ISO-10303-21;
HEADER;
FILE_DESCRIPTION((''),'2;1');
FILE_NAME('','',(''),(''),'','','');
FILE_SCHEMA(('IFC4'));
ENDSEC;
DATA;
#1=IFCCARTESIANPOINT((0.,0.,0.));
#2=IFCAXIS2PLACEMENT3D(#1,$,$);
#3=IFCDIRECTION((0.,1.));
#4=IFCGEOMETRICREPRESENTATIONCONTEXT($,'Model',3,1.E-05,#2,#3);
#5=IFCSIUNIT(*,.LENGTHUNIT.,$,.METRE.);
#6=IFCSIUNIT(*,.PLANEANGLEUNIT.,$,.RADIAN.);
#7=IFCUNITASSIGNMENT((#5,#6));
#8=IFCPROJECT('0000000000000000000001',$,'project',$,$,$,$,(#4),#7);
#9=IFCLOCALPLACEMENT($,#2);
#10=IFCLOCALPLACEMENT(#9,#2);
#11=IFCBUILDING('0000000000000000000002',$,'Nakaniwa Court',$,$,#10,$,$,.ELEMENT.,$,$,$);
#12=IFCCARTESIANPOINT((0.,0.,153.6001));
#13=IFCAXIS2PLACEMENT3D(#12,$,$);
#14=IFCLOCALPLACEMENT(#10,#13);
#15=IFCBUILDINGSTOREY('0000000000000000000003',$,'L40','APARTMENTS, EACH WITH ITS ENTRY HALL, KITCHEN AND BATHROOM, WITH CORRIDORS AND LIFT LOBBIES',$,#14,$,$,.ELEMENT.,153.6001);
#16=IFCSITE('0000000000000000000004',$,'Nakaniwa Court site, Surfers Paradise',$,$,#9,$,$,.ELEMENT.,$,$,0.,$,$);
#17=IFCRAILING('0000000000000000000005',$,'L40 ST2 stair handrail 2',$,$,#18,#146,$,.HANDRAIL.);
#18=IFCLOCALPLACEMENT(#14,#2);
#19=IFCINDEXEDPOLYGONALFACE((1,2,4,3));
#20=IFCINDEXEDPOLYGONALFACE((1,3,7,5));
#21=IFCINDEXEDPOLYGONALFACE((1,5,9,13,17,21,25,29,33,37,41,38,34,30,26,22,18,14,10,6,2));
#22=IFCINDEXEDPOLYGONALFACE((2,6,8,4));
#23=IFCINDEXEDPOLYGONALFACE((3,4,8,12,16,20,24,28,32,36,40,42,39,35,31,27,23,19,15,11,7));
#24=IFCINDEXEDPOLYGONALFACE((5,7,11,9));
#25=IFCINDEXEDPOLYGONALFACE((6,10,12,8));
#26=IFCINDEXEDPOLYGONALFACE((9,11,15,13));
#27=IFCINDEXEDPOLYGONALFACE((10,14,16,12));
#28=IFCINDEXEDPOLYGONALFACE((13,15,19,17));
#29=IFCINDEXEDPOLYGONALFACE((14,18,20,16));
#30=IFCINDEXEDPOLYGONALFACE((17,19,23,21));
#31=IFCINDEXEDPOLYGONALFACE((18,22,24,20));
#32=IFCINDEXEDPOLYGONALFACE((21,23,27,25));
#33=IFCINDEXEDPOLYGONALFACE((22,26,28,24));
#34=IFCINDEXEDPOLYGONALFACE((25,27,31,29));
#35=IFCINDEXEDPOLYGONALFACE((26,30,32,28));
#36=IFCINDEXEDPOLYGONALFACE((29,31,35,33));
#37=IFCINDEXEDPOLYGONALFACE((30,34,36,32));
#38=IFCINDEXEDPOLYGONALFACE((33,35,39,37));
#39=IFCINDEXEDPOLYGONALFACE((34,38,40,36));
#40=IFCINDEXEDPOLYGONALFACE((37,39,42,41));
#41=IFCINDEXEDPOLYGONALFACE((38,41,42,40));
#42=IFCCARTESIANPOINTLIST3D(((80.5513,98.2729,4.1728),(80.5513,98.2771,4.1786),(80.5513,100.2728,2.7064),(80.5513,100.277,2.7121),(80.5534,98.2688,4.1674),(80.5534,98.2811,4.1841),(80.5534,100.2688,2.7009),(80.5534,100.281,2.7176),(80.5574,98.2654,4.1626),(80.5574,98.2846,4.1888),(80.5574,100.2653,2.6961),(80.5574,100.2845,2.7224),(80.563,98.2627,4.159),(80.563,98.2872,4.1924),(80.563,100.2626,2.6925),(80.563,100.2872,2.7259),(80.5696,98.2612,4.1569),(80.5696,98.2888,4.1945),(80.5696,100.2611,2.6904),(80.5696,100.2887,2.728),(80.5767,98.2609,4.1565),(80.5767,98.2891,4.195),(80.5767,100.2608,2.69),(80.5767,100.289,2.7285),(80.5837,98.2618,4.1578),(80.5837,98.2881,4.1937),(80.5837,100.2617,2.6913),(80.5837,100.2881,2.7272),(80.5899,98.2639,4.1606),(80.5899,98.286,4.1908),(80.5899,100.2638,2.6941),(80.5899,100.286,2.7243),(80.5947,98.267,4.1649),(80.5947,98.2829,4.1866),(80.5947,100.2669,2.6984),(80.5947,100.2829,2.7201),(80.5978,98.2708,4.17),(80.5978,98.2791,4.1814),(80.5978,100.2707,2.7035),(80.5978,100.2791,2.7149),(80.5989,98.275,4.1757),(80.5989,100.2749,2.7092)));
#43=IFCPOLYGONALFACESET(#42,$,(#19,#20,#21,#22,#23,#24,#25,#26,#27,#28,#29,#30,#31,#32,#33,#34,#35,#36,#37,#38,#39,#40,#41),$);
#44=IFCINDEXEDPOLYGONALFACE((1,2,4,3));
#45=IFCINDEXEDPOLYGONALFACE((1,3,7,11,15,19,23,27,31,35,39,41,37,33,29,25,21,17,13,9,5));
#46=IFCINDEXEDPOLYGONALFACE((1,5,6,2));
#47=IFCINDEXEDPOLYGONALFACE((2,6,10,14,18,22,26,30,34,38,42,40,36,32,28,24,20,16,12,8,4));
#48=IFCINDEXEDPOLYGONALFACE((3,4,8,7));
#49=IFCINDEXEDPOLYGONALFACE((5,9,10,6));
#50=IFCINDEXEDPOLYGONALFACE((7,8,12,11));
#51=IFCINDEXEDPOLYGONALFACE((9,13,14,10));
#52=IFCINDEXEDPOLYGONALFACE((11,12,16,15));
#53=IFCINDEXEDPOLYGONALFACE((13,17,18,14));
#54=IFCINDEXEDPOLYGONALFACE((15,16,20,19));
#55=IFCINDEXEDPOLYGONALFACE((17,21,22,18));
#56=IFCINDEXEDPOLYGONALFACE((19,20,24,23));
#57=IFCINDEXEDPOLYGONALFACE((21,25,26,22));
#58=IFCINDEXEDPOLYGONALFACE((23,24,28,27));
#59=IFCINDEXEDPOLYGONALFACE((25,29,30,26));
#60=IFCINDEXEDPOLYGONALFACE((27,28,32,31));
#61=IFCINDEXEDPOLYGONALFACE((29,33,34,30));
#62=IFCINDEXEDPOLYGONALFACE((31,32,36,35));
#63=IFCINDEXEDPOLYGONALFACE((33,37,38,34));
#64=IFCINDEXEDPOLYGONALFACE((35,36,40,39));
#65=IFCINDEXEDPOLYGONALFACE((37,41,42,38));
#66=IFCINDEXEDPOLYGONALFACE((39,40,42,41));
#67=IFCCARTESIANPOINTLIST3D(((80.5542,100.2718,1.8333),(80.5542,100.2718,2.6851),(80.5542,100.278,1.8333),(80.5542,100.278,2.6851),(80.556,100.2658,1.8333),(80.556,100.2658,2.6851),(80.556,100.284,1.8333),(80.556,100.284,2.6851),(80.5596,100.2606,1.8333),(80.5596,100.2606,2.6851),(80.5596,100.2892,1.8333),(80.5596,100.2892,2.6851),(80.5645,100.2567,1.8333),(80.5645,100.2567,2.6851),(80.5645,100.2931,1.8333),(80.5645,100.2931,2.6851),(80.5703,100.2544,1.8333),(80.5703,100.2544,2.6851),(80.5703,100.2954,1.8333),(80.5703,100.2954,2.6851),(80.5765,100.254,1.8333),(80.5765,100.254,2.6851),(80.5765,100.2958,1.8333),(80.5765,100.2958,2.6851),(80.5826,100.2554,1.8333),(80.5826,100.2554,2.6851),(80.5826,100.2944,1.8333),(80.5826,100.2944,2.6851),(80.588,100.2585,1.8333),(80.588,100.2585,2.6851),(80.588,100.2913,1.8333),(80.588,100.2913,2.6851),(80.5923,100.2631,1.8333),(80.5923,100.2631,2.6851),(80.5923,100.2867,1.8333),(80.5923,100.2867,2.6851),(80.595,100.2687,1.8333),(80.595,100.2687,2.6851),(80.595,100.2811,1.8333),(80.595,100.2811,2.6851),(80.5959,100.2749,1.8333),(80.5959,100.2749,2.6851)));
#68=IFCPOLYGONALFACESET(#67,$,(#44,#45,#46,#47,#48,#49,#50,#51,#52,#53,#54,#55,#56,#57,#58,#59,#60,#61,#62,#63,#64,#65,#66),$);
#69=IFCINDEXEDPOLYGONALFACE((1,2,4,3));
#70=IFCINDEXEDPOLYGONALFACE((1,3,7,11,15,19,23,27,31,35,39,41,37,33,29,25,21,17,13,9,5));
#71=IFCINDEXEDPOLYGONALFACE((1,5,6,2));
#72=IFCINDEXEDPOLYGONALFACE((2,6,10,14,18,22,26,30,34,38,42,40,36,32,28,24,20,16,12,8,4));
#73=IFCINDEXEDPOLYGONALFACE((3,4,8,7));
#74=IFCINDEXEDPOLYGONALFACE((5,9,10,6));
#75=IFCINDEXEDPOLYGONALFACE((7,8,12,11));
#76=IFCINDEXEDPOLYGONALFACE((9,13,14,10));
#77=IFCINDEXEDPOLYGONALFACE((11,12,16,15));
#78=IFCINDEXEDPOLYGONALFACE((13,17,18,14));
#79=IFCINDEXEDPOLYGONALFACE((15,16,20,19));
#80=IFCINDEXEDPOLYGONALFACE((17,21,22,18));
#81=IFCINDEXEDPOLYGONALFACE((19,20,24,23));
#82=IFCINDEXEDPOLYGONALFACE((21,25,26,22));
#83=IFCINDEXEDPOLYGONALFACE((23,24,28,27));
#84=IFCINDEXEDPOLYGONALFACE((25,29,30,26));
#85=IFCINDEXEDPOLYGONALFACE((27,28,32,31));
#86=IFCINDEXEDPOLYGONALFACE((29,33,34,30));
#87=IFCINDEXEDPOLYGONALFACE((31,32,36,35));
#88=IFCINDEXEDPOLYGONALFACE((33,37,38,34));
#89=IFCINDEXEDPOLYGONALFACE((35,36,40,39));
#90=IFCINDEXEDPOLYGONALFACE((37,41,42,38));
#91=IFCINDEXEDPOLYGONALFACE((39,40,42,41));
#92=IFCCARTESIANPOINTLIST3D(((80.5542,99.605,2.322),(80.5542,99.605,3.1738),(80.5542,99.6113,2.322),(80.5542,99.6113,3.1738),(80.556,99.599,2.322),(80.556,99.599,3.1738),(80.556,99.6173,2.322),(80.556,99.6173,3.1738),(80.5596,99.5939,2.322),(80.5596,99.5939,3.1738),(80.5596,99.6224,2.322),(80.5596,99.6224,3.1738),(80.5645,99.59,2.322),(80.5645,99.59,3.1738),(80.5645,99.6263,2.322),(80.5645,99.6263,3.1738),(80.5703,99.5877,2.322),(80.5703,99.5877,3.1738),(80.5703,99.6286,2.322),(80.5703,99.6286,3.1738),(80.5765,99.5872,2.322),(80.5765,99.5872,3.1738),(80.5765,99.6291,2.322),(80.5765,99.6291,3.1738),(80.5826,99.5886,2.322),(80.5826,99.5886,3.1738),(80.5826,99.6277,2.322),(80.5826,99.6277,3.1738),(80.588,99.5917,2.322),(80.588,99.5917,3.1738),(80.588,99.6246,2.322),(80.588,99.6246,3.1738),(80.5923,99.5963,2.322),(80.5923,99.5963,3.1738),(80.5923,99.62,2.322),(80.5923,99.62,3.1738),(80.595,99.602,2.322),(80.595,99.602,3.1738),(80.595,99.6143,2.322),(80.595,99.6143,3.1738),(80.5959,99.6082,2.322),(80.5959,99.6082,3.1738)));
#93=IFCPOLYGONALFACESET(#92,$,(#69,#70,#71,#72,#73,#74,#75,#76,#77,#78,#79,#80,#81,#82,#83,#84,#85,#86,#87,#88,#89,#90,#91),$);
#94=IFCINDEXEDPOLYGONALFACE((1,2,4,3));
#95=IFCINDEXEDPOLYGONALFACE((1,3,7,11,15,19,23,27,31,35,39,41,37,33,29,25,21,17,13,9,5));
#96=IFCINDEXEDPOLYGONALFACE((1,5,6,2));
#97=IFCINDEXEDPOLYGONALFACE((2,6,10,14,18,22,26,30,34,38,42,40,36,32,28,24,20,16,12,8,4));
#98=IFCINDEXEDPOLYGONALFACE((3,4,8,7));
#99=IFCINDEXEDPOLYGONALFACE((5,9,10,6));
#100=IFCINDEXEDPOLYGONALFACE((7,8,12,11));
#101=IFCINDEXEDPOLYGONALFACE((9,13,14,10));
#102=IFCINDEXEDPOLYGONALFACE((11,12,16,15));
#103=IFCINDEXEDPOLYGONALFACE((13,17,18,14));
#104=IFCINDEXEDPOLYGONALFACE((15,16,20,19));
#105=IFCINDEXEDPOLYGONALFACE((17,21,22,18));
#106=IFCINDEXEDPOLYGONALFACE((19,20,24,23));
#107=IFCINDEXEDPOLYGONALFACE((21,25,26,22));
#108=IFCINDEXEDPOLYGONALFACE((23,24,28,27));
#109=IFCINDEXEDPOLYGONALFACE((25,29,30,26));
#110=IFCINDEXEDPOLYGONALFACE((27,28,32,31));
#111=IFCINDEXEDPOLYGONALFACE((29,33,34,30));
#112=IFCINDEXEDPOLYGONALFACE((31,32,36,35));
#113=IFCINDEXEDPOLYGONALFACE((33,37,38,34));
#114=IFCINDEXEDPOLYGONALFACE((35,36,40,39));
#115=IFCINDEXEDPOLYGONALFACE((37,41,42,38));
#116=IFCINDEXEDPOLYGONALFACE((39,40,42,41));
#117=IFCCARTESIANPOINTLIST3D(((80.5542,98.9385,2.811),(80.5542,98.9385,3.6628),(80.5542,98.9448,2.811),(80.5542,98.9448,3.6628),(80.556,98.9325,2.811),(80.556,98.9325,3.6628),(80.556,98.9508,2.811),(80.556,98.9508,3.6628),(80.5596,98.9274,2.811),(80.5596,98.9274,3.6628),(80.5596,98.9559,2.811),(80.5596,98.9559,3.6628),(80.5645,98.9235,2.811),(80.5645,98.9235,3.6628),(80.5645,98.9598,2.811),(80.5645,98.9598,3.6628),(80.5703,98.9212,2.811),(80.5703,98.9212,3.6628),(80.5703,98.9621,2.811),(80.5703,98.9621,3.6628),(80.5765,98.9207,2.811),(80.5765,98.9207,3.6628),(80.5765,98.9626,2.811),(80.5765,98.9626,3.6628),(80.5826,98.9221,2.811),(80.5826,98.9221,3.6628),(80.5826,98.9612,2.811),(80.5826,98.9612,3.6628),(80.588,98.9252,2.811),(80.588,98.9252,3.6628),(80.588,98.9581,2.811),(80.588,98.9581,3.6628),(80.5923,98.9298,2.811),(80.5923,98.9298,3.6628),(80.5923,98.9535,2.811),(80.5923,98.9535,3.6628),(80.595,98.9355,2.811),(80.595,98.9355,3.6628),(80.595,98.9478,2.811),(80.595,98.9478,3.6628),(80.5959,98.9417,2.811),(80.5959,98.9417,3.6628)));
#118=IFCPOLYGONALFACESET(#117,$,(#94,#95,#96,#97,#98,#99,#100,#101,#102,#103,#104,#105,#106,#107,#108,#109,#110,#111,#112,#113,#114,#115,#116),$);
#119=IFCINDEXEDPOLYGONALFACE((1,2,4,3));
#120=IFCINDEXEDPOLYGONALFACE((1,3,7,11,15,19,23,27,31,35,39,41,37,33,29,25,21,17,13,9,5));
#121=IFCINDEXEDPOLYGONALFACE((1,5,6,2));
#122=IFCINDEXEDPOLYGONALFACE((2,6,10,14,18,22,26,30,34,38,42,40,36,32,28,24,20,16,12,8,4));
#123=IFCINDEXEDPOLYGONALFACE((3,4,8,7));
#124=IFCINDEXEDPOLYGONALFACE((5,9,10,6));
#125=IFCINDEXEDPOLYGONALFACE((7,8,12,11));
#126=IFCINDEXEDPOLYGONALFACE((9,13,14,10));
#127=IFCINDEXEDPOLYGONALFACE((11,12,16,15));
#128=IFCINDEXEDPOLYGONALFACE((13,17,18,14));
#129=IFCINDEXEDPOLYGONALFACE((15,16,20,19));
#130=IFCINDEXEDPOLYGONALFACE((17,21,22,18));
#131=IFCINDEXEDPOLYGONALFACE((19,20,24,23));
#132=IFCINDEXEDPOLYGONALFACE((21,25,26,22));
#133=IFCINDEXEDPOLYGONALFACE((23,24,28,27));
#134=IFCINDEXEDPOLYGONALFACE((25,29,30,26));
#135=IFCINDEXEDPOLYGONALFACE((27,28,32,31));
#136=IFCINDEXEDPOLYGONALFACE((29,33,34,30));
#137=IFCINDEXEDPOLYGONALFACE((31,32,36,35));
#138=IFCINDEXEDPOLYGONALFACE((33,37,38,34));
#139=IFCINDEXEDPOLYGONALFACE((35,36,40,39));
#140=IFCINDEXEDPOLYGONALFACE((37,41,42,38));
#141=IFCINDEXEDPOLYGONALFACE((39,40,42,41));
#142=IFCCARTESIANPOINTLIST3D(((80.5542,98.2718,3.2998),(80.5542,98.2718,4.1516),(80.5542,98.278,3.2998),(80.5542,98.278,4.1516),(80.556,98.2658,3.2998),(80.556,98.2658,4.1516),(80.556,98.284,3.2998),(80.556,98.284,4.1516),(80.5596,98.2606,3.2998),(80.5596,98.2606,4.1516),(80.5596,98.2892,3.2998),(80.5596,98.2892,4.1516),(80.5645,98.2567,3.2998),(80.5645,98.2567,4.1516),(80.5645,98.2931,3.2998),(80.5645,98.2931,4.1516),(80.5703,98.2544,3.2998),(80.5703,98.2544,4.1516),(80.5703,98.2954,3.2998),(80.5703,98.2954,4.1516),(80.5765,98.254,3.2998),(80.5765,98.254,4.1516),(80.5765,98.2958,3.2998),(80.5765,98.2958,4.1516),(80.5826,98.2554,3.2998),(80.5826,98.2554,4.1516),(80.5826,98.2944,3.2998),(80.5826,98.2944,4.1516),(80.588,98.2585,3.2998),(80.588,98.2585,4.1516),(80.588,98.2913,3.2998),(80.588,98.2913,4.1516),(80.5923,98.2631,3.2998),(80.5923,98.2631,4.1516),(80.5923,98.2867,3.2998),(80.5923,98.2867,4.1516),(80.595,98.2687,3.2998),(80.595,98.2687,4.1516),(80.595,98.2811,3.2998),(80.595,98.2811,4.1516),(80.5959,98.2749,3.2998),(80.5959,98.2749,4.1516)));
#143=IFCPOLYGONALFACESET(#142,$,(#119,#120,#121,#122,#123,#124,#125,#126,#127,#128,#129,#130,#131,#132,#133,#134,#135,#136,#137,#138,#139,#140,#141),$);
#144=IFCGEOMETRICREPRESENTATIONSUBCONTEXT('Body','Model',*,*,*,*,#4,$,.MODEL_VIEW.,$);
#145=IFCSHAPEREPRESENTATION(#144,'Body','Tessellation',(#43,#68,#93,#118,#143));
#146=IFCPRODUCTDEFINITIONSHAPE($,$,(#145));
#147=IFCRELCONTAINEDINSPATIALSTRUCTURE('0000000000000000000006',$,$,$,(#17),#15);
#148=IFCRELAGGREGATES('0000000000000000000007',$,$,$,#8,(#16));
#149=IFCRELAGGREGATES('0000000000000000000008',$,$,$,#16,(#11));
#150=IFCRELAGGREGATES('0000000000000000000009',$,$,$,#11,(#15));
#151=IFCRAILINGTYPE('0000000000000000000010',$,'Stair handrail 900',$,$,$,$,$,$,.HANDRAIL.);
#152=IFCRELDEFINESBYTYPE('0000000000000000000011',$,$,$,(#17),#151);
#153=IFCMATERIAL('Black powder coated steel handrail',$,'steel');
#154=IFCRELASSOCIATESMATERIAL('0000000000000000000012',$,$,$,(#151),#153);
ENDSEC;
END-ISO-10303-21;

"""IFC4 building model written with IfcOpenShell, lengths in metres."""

from ifc_helpers import new_model, si_unit, direction, frame, origin, origin_2d, place, context, subcontext, project, spatial, circle, extrude, material, type_object, element, save


model = new_model("IFC4")

# Units and contexts
model_context = context("Model", 3, precision=1e-05, world=origin(), true_north=direction((0.0, 1.0)))
body_context = subcontext(model_context, "Body", "Model", "MODEL_VIEW")
ifc_project = project(units=[si_unit("LENGTHUNIT", "METRE"), si_unit("PLANEANGLEUNIT", "RADIAN")], contexts=[model_context])

# Site, building, storey
site_placement = place(None, origin())
site = spatial("IfcSite", under=ifc_project, at=site_placement, Name="Nakaniwa Court site, Surfers Paradise", CompositionType="ELEMENT", RefElevation=0.0)
building_placement = place(site_placement, origin())
building = spatial("IfcBuilding", under=site, at=building_placement, Name="Nakaniwa Court", CompositionType="ELEMENT")
storey_placement = place(building_placement, frame((0.0, 0.0, 153.6001)))
storey = spatial("IfcBuildingStorey", under=building, at=storey_placement, Name="L40", Description="APARTMENTS, EACH WITH ITS ENTRY HALL, KITCHEN AND BATHROOM, WITH CORRIDORS AND LIFT LOBBIES", CompositionType="ELEMENT", Elevation=153.6001)

# Railing
ifc_material_1 = material(Name="Black powder coated steel handrail", Category="steel")
railing_type_1 = type_object("IfcRailingType", Name="Stair handrail 900", PredefinedType="HANDRAIL", material=ifc_material_1)
railing_1_placement = place(storey_placement, frame((80.575, 100.2749, 1.8333)))
element("IfcRailing", 1, at=railing_1_placement, inside=storey, type_object=railing_type_1, Name="L40 ST2 stair handrail 2", PredefinedType="HANDRAIL", context=body_context, shape_type="SweptSolid", body=[
    extrude(circle(Radius=0.0239, at=origin_2d()), frame((0.0, 0.0, 0.876), z_axis=(0.0, -0.806427, 0.591334), x_axis=(1.0, 0.0, 0.0)), (0.0, 0.0, 1.0), 2.48),
    extrude(circle(Radius=0.021, at=origin_2d()), origin(), (0.0, 0.0, 1.0), 0.8518),
    extrude(circle(Radius=0.021, at=origin_2d()), frame((0.0, -0.6667, 0.4888)), (0.0, 0.0, 1.0), 0.8518),
    extrude(circle(Radius=0.021, at=origin_2d()), frame((0.0, -1.3333, 0.9778)), (0.0, 0.0, 1.0), 0.8518),
    extrude(circle(Radius=0.021, at=origin_2d()), frame((0.0, -2.0, 1.4666)), (0.0, 0.0, 1.0), 0.8518),
])

save(model, "model.ifc")
